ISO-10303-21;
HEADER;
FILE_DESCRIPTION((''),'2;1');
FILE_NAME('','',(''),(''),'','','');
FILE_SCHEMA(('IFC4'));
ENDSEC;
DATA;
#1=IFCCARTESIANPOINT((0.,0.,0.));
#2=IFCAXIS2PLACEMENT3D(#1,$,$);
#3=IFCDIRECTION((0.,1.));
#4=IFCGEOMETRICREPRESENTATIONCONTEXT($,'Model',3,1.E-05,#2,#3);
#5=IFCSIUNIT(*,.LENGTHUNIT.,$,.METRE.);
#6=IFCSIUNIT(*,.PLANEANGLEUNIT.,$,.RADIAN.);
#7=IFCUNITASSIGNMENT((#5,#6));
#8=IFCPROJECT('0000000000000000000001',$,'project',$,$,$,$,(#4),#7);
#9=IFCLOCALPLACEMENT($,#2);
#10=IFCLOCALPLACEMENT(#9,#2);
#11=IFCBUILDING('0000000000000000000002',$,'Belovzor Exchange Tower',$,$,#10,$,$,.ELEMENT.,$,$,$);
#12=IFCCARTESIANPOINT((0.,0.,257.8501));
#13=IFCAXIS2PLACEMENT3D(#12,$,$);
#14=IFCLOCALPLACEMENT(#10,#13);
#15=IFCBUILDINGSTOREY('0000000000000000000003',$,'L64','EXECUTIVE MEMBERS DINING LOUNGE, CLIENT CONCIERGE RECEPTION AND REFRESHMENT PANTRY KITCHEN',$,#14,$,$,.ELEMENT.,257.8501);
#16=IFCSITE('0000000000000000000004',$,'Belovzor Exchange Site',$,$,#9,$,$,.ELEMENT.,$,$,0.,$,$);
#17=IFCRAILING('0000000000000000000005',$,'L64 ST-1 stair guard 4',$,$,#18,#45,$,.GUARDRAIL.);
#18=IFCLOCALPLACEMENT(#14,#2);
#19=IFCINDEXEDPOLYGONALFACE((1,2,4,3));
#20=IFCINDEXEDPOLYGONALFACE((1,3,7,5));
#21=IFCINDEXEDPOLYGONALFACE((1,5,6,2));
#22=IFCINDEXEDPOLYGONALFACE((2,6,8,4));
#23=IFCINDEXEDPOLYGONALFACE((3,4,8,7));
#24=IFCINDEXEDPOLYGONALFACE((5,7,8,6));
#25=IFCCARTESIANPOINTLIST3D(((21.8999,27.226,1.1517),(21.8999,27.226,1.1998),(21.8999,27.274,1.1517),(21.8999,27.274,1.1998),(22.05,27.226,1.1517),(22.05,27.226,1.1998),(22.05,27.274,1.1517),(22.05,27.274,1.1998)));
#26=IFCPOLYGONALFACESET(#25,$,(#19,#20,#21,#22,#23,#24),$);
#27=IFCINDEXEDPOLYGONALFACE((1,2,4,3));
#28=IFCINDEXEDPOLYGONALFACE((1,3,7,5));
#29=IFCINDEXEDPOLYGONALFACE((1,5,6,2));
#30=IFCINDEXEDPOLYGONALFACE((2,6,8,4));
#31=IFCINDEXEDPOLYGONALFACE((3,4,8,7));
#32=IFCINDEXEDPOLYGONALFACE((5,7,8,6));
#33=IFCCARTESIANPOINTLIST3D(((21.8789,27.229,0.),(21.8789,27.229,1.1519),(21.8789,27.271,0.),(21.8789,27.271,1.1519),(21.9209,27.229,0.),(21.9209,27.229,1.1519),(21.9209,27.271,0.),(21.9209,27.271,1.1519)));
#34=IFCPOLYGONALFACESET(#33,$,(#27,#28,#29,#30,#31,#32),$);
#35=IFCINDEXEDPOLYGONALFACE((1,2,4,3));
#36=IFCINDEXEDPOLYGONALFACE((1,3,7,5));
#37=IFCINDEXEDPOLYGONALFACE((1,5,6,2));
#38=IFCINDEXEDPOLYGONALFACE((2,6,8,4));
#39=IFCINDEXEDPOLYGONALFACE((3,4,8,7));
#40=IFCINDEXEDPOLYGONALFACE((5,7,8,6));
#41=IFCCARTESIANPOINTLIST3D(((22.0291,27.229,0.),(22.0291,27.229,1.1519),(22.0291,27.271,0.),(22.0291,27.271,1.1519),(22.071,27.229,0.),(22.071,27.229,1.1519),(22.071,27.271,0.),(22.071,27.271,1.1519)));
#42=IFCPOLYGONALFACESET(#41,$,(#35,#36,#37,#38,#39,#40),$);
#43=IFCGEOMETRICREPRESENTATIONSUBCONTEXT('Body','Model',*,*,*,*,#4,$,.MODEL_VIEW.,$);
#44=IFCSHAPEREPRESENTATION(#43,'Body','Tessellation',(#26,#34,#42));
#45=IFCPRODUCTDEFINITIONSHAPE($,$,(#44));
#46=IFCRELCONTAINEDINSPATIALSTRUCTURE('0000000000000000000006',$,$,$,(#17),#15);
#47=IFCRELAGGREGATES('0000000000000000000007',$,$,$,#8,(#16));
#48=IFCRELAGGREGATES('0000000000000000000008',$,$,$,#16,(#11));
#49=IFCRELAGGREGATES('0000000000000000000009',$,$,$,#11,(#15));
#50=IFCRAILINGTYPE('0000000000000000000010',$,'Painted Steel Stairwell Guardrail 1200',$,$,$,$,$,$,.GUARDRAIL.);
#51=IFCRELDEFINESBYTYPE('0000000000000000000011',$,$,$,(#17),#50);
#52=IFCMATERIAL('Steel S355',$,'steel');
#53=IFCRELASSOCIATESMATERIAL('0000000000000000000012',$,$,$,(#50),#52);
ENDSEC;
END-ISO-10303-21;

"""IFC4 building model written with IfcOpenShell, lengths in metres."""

from ifc_helpers import new_model, si_unit, direction, frame, origin, origin_2d, place, context, subcontext, project, spatial, rectangle, extrude, material, type_object, element, save


model = new_model("IFC4")

# Units and contexts
model_context = context("Model", 3, precision=1e-05, world=origin(), true_north=direction((0.0, 1.0)))
body_context = subcontext(model_context, "Body", "Model", "MODEL_VIEW")
ifc_project = project(units=[si_unit("LENGTHUNIT", "METRE"), si_unit("PLANEANGLEUNIT", "RADIAN")], contexts=[model_context])

# Site, building, storey
site_placement = place(None, origin())
site = spatial("IfcSite", under=ifc_project, at=site_placement, Name="Belovzor Exchange Site", CompositionType="ELEMENT", RefElevation=0.0)
building_placement = place(site_placement, origin())
building = spatial("IfcBuilding", under=site, at=building_placement, Name="Belovzor Exchange Tower", CompositionType="ELEMENT")
storey_placement = place(building_placement, frame((0.0, 0.0, 257.8501)))
storey = spatial("IfcBuildingStorey", under=building, at=storey_placement, Name="L64", Description="EXECUTIVE MEMBERS DINING LOUNGE, CLIENT CONCIERGE RECEPTION AND REFRESHMENT PANTRY KITCHEN", CompositionType="ELEMENT", Elevation=257.8501)

# Railing
ifc_material_1 = material(Name="Steel S355", Category="steel")
railing_type_1 = type_object("IfcRailingType", Name="Painted Steel Stairwell Guardrail 1200", PredefinedType="GUARDRAIL", material=ifc_material_1)
railing_1_placement = place(storey_placement, frame((21.8999, 27.25, 0.0)))
element("IfcRailing", 1, at=railing_1_placement, inside=storey, type_object=railing_type_1, Name="L64 ST-1 stair guard 4", PredefinedType="GUARDRAIL", context=body_context, shape_type="SweptSolid", body=[
    extrude(rectangle(XDim=0.0481, YDim=0.0481, at=origin_2d()), frame((0.0, 0.0, 1.1758), z_axis=(1.0, 0.0, 0.0), x_axis=(0.0, 1.0, 0.0)), (0.0, 0.0, 1.0), 0.1501),
    extrude(rectangle(XDim=0.042, YDim=0.042, at=origin_2d()), origin(), (0.0, 0.0, 1.0), 1.1519),
    extrude(rectangle(XDim=0.042, YDim=0.042, at=origin_2d()), frame((0.1501, 0.0, 0.0)), (0.0, 0.0, 1.0), 1.1519),
])

save(model, "model.ifc")
